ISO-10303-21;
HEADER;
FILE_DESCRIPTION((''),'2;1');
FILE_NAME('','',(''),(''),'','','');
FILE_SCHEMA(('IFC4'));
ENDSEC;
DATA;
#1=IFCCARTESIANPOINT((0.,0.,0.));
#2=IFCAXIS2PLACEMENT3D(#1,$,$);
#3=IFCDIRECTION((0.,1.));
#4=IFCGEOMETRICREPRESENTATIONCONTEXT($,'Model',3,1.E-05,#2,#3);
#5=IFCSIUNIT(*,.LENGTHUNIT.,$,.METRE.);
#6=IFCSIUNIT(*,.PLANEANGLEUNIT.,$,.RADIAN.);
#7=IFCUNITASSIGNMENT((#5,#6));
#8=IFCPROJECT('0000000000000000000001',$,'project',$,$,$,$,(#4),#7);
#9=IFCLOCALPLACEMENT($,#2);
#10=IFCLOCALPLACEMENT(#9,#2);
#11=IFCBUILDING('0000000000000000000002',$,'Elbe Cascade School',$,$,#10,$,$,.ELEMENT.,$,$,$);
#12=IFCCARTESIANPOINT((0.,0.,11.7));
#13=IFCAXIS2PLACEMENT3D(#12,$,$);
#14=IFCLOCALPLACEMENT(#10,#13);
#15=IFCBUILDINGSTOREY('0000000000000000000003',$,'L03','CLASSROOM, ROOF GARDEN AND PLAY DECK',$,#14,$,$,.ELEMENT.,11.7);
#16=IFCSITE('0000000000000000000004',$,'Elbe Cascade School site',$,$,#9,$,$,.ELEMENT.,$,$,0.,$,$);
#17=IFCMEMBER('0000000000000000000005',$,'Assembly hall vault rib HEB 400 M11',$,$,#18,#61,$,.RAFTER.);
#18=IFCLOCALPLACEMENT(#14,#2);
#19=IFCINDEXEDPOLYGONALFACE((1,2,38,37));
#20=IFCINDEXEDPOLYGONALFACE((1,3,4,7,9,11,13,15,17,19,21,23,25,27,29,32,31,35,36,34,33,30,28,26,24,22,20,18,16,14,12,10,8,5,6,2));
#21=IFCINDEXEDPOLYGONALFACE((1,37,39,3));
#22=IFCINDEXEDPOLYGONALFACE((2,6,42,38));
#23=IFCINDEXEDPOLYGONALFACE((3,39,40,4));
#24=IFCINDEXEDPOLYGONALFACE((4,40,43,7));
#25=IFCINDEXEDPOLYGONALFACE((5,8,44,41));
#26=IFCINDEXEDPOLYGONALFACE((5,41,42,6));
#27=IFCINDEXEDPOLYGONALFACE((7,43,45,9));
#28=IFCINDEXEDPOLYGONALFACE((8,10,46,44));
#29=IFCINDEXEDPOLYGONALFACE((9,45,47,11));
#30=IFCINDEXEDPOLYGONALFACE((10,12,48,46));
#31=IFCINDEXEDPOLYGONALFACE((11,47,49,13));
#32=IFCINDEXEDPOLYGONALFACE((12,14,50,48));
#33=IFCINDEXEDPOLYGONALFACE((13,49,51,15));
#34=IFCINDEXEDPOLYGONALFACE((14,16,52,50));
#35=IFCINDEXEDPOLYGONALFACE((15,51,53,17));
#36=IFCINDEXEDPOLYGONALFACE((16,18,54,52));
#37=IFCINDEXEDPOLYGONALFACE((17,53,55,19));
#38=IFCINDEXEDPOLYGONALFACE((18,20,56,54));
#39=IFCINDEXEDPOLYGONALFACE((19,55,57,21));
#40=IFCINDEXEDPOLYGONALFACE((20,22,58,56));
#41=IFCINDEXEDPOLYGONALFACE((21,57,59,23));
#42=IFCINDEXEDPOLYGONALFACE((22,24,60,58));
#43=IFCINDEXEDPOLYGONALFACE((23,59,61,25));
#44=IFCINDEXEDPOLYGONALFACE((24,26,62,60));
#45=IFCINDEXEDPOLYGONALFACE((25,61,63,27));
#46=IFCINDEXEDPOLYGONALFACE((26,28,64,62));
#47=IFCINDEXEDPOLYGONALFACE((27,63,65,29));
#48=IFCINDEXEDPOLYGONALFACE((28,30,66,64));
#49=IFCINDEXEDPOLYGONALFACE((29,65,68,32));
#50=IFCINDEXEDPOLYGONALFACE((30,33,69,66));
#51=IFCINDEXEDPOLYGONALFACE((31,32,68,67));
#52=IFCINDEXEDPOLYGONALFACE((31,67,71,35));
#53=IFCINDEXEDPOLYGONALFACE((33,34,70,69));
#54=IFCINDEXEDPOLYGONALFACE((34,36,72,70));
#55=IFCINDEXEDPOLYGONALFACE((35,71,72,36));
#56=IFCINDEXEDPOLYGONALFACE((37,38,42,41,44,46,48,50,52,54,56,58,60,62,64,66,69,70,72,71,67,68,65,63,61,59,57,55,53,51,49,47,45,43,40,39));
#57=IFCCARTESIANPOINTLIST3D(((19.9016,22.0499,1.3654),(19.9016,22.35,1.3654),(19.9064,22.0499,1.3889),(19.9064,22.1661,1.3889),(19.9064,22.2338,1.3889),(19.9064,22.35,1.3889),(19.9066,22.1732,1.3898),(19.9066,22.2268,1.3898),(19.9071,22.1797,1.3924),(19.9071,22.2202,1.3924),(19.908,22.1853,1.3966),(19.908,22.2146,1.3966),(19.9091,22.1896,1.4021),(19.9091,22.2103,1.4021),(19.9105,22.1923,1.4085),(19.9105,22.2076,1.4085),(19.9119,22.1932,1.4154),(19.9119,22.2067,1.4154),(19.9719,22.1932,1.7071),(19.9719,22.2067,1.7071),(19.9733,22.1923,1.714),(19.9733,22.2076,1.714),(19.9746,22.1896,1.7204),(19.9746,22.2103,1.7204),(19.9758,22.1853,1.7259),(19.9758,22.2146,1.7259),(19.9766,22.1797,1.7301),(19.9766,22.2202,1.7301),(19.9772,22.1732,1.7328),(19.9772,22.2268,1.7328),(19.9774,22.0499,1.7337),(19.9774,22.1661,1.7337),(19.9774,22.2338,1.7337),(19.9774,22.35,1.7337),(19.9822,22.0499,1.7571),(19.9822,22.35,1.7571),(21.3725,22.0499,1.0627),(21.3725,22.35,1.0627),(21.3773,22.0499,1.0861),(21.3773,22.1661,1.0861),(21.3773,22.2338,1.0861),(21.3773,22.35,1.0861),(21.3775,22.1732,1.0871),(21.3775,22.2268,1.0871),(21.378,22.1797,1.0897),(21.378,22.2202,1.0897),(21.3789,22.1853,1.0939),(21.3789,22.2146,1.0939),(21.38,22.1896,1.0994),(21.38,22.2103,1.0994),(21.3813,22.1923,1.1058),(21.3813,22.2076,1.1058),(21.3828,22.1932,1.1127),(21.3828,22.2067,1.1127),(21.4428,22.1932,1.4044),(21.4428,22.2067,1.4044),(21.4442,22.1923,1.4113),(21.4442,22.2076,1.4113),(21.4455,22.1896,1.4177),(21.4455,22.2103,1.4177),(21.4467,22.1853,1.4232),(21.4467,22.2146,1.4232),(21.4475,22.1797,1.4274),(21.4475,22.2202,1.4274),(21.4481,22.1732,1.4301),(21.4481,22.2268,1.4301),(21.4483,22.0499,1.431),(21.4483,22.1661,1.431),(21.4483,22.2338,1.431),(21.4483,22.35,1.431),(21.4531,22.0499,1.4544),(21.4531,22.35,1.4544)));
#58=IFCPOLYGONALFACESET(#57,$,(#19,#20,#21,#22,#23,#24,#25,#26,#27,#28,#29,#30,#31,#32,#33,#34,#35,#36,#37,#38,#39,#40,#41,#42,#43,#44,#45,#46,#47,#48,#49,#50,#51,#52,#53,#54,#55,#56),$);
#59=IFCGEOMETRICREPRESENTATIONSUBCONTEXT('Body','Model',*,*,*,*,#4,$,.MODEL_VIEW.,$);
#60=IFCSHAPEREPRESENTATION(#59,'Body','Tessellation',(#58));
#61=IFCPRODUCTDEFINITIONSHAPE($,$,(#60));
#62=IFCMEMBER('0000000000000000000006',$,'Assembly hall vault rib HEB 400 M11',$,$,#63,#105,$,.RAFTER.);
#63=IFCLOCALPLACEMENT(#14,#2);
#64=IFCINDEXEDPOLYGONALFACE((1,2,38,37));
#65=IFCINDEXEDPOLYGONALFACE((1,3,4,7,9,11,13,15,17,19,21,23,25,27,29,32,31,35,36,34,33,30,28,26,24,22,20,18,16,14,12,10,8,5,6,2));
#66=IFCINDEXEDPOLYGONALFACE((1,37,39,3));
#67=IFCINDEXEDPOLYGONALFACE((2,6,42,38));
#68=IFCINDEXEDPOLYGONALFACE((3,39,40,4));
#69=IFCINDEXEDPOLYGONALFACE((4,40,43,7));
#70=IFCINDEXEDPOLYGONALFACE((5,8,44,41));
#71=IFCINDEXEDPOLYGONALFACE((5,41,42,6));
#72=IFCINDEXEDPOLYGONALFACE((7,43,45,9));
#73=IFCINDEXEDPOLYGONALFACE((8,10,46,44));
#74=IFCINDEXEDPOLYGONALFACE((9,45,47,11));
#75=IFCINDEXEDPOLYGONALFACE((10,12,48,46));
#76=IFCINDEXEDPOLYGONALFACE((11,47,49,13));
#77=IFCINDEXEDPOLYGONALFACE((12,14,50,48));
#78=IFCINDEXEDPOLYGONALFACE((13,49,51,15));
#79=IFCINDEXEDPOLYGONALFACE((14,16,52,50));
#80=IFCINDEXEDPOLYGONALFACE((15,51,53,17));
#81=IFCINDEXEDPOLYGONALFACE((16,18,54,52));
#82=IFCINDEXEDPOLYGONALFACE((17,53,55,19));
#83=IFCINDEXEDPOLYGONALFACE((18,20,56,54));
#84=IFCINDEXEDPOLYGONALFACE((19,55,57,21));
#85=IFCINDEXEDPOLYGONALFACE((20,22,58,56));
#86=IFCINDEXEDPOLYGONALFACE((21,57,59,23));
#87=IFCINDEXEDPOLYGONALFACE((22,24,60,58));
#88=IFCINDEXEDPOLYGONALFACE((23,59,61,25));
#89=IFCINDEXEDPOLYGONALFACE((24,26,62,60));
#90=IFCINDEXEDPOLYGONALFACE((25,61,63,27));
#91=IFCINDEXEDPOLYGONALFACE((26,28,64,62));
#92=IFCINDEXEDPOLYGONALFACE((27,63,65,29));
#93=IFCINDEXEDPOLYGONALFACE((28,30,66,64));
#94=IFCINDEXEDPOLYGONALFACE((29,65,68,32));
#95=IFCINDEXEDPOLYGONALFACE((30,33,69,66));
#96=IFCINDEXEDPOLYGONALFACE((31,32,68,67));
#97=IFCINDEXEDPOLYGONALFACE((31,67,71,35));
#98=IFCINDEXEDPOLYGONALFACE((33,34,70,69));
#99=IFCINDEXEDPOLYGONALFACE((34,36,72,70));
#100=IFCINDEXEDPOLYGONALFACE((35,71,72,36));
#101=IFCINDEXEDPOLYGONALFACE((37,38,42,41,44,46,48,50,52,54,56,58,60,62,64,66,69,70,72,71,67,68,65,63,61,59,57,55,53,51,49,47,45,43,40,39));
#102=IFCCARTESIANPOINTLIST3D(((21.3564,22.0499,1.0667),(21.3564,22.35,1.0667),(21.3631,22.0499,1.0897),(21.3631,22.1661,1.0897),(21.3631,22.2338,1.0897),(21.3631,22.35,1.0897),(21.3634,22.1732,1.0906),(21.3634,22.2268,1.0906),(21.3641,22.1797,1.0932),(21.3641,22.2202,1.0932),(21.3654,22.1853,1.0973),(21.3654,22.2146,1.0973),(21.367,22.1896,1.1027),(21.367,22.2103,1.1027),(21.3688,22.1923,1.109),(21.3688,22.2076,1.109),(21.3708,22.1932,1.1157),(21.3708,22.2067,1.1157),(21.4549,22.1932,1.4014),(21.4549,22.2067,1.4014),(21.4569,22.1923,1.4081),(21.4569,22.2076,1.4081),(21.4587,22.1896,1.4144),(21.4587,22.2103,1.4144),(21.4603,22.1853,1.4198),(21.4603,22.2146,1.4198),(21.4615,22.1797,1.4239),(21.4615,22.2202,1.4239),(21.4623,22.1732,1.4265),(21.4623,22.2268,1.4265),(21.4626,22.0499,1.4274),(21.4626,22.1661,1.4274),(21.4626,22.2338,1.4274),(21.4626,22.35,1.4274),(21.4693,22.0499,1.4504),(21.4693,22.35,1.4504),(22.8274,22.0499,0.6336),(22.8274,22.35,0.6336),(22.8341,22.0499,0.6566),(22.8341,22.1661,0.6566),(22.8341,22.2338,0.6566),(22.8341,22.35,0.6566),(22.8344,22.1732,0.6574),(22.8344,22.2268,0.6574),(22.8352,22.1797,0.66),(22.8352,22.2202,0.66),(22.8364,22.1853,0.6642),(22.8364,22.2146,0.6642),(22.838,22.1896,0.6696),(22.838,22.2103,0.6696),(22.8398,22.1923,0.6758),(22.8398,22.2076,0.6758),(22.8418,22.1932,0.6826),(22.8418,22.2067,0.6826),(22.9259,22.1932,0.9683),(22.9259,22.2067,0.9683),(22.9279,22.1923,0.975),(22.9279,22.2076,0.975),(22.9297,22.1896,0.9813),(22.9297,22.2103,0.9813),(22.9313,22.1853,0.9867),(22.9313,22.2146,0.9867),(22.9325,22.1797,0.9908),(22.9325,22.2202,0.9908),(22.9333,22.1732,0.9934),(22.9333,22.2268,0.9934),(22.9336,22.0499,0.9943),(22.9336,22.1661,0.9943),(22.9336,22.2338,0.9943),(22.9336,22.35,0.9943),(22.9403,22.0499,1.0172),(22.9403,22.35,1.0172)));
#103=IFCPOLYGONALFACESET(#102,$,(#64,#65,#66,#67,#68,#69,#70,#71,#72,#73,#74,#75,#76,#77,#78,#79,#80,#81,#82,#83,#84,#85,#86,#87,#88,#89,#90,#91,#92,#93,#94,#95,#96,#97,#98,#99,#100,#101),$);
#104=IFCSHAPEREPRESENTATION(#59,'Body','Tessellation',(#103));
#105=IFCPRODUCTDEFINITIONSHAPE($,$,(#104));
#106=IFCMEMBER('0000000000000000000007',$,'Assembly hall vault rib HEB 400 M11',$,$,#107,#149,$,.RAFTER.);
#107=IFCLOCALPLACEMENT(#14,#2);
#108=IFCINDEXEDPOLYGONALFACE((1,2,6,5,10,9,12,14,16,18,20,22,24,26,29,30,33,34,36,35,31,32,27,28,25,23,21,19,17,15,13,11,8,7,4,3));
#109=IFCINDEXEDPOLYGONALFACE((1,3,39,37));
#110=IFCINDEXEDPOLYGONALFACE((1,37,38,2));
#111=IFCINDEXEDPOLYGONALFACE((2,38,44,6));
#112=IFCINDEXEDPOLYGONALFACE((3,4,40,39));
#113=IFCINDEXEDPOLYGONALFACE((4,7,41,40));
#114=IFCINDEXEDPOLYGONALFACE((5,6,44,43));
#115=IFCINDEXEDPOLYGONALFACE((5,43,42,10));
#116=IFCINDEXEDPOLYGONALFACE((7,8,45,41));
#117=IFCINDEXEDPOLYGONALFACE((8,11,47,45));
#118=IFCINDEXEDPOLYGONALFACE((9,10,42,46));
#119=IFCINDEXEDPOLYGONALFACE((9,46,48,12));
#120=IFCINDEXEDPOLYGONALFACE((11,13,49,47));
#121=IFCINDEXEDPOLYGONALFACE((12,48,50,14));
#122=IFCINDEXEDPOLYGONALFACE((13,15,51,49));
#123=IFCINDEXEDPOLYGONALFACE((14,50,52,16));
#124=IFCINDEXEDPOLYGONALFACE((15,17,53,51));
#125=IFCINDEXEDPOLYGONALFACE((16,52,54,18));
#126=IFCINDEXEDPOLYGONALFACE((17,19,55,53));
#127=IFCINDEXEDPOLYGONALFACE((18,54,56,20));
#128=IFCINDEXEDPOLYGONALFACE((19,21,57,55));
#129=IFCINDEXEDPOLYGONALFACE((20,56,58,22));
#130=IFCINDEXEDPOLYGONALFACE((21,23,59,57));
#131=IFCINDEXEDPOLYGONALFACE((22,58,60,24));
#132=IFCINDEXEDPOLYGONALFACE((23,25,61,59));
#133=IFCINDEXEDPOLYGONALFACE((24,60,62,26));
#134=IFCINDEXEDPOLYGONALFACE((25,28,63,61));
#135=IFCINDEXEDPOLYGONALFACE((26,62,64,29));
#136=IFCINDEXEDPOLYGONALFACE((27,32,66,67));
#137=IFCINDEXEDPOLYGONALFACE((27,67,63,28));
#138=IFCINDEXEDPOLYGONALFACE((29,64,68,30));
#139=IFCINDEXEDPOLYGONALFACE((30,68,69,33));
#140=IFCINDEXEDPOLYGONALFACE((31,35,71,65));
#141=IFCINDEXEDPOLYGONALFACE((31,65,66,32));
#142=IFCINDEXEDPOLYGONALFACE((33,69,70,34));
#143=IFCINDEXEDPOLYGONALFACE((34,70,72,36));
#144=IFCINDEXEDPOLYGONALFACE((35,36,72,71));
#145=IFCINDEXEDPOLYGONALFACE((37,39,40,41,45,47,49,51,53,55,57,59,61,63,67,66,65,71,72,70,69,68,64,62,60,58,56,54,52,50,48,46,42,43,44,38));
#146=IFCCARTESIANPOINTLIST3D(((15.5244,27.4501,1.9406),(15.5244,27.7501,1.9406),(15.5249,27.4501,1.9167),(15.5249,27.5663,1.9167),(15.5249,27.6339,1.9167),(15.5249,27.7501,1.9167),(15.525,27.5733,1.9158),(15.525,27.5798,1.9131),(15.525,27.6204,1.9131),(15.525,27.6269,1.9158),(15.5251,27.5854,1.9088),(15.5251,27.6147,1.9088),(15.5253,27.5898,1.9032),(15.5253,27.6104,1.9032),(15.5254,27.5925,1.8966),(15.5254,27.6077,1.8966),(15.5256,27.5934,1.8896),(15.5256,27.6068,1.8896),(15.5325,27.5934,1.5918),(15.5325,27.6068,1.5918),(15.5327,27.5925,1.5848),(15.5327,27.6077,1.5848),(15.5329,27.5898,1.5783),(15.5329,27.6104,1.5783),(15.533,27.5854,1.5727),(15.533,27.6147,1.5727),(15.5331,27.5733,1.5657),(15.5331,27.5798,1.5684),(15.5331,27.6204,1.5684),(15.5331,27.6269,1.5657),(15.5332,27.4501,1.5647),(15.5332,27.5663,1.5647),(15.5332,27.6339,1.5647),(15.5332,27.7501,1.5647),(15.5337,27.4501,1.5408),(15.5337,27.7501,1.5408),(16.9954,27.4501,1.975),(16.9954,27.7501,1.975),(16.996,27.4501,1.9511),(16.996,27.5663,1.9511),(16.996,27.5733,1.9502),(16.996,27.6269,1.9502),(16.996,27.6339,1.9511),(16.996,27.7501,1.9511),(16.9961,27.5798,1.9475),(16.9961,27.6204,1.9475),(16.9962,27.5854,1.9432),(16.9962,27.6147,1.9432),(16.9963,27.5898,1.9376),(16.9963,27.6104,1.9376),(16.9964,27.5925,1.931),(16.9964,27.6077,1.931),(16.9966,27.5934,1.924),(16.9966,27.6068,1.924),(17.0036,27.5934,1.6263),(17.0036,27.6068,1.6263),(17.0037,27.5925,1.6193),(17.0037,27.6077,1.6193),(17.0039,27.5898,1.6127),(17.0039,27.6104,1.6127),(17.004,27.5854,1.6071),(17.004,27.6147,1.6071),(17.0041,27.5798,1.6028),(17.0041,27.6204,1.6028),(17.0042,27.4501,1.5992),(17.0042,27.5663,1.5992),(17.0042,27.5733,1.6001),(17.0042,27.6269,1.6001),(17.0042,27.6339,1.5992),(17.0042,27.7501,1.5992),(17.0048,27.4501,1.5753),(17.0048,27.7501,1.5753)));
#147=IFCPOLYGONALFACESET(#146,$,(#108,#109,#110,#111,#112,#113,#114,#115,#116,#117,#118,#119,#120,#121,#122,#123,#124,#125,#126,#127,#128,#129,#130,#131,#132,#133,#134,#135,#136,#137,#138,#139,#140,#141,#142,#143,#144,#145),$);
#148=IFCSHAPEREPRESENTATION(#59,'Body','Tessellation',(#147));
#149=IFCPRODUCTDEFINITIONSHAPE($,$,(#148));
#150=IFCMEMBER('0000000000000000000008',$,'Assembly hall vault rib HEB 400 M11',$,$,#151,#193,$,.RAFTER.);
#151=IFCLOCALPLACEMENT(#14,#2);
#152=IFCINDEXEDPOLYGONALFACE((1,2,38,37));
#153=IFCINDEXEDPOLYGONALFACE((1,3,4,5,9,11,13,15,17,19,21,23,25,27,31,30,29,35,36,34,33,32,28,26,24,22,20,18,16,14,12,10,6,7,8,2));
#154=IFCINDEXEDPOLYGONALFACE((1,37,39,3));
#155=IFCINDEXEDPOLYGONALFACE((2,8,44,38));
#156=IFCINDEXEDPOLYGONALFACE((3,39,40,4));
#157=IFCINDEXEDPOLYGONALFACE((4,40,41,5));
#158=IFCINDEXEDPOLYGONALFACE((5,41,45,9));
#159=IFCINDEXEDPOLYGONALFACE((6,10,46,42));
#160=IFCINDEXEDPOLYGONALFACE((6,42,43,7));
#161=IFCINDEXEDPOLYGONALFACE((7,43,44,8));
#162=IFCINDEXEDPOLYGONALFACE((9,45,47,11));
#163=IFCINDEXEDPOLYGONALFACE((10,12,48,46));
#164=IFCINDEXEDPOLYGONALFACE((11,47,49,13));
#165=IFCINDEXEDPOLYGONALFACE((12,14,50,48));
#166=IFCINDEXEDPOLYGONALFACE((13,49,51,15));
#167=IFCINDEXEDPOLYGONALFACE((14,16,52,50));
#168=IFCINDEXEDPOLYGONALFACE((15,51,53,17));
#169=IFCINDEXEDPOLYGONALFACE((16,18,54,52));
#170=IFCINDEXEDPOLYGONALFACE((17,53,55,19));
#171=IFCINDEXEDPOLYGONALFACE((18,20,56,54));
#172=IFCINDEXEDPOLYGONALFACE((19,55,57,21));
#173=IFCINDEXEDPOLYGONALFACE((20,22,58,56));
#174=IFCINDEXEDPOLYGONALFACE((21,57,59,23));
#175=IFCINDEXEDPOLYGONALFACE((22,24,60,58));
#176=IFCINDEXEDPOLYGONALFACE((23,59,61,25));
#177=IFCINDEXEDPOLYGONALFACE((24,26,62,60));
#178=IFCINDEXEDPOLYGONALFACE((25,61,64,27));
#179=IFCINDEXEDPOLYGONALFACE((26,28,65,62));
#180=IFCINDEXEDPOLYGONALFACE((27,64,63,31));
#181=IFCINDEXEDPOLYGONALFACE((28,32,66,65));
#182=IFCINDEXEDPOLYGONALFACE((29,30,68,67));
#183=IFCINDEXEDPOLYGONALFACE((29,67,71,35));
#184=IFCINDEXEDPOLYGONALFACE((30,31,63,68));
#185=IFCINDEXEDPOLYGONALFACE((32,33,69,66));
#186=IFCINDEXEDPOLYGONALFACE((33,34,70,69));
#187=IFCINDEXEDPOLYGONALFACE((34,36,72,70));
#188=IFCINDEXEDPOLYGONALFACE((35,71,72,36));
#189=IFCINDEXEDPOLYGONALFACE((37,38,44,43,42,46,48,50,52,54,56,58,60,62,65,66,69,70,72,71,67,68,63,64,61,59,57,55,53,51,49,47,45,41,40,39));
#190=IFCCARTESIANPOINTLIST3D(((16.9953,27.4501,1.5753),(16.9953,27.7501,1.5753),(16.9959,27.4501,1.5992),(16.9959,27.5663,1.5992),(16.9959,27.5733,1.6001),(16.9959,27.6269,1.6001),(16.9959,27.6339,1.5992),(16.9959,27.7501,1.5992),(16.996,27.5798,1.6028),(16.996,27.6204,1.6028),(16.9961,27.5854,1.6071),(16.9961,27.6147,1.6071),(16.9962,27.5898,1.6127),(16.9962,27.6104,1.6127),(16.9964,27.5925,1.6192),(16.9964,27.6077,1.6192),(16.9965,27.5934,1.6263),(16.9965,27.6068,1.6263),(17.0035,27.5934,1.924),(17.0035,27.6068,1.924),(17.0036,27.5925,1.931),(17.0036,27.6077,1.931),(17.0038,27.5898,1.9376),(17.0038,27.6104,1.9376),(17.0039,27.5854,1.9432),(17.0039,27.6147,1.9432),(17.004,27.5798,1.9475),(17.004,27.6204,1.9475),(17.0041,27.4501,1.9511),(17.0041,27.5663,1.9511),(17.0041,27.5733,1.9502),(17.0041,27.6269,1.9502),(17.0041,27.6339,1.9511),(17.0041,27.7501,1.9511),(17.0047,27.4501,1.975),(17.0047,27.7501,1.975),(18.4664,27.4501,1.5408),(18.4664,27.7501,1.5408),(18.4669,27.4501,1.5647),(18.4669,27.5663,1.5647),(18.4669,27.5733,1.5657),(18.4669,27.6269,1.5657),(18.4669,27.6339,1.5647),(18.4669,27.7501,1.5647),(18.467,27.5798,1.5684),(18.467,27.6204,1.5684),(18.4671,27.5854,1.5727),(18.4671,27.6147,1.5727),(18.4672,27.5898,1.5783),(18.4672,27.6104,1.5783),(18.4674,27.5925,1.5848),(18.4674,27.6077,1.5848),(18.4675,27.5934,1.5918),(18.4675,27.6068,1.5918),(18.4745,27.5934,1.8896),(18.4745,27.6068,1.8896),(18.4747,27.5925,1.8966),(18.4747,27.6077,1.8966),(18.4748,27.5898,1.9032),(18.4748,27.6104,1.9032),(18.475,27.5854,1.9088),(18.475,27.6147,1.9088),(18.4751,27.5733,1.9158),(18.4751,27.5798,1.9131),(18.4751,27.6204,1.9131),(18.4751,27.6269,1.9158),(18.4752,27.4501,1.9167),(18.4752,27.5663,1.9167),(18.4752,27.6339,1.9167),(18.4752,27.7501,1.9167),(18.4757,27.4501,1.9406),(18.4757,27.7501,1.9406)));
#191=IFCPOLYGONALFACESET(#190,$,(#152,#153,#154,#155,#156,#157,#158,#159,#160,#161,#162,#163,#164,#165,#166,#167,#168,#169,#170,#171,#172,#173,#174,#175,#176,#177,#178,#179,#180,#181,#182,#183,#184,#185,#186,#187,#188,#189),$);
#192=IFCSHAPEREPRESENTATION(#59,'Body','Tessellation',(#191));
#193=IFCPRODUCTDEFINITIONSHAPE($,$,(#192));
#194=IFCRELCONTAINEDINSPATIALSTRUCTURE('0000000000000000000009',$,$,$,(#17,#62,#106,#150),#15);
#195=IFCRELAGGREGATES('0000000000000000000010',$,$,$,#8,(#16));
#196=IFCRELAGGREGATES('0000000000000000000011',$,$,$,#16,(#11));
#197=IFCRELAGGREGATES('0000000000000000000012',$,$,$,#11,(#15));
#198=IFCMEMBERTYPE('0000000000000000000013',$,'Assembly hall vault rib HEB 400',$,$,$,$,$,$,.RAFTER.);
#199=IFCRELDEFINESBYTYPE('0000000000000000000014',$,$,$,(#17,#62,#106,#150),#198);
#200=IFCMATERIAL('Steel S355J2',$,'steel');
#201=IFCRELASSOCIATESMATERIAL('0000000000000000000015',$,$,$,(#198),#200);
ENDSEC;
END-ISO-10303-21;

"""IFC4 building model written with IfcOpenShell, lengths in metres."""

from ifc_helpers import new_model, si_unit, direction, frame, origin, origin_2d, place, context, subcontext, project, spatial, i_section, extrude, material, material_profile, profile_set, type_object, element, save


model = new_model("IFC4")

# Units and contexts
model_context = context("Model", 3, precision=1e-05, world=origin(), true_north=direction((0.0, 1.0)))
body_context = subcontext(model_context, "Body", "Model", "MODEL_VIEW")
ifc_project = project(units=[si_unit("LENGTHUNIT", "METRE"), si_unit("PLANEANGLEUNIT", "RADIAN")], contexts=[model_context])

# Site, building, storey
site_placement = place(None, origin())
site = spatial("IfcSite", under=ifc_project, at=site_placement, Name="Elbe Cascade School site", CompositionType="ELEMENT", RefElevation=0.0)
building_placement = place(site_placement, origin())
building = spatial("IfcBuilding", under=site, at=building_placement, Name="Elbe Cascade School", CompositionType="ELEMENT")
storey_placement = place(building_placement, frame((0.0, 0.0, 11.7)))
storey = spatial("IfcBuildingStorey", under=building, at=storey_placement, Name="L03", Description="CLASSROOM, ROOF GARDEN AND PLAY DECK", CompositionType="ELEMENT", Elevation=11.7)

# Members
ifc_material_1 = material(Name="Steel S355J2", Category="steel")
ifc_material_profile_1 = material_profile(ifc_material_1, i_section(OverallWidth=0.3, OverallDepth=0.3999, WebThickness=0.0134, FlangeThickness=0.0239, FilletRadius=0.0271, at=origin_2d()), Name="HEB 400")
ifc_profile_set_1 = profile_set([ifc_material_profile_1], Name="Steel S355J2")
member_type_1 = type_object("IfcMemberType", Name="Assembly hall vault rib HEB 400", PredefinedType="RAFTER", material=ifc_profile_set_1)
member_1_placement = place(storey_placement, frame((19.9419, 22.2, 1.5613), z_axis=(0.979471, 0.0, -0.201584), x_axis=(0.0, 1.0, 0.0)))
element("IfcMember", 1, at=member_1_placement, inside=storey, type_object=member_type_1, Name="Assembly hall vault rib HEB 400 M11", PredefinedType="RAFTER", context=body_context, shape_type="SweptSolid", body=[
    extrude(i_section(OverallWidth=0.3, OverallDepth=0.3999, WebThickness=0.0134, FlangeThickness=0.0239, FilletRadius=0.0271, at=origin_2d()), origin(), (0.0, 0.0, 1.0), 1.5017),
])
member_2_placement = place(storey_placement, frame((21.4128, 22.2, 1.2585), z_axis=(0.959282, 0.0, -0.282451), x_axis=(0.0, 1.0, 0.0)))
element("IfcMember", 2, at=member_2_placement, inside=storey, type_object=member_type_1, Name="Assembly hall vault rib HEB 400 M11", PredefinedType="RAFTER", context=body_context, shape_type="SweptSolid", body=[
    extrude(i_section(OverallWidth=0.3, OverallDepth=0.3999, WebThickness=0.0134, FlangeThickness=0.0239, FilletRadius=0.0271, at=origin_2d()), origin(), (0.0, 0.0, 1.0), 1.5334),
])
for number, where, z_axis, x_axis, name in (
    (3, (15.5291, 27.6001, 1.7407), (0.999726, 0.0, 0.023396), (0.0, 1.0, 0.0), "Assembly hall vault rib HEB 400 M11"),
    (4, (17.0, 27.6001, 1.7751), (0.999726, 0.0, -0.023396), (0.0, 1.0, 0.0), "Assembly hall vault rib HEB 400 M11"),
):
    element("IfcMember", number, at=place(storey_placement, frame(where, z_axis=z_axis, x_axis=x_axis)), inside=storey, type_object=member_type_1, Name=name, PredefinedType="RAFTER", context=body_context, shape_type="SweptSolid", body=[
        extrude(i_section(OverallWidth=0.3, OverallDepth=0.3999, WebThickness=0.0134, FlangeThickness=0.0239, FilletRadius=0.0271, at=origin_2d()), origin(), (0.0, 0.0, 1.0), 1.4714),
    ])

save(model, "model.ifc")
